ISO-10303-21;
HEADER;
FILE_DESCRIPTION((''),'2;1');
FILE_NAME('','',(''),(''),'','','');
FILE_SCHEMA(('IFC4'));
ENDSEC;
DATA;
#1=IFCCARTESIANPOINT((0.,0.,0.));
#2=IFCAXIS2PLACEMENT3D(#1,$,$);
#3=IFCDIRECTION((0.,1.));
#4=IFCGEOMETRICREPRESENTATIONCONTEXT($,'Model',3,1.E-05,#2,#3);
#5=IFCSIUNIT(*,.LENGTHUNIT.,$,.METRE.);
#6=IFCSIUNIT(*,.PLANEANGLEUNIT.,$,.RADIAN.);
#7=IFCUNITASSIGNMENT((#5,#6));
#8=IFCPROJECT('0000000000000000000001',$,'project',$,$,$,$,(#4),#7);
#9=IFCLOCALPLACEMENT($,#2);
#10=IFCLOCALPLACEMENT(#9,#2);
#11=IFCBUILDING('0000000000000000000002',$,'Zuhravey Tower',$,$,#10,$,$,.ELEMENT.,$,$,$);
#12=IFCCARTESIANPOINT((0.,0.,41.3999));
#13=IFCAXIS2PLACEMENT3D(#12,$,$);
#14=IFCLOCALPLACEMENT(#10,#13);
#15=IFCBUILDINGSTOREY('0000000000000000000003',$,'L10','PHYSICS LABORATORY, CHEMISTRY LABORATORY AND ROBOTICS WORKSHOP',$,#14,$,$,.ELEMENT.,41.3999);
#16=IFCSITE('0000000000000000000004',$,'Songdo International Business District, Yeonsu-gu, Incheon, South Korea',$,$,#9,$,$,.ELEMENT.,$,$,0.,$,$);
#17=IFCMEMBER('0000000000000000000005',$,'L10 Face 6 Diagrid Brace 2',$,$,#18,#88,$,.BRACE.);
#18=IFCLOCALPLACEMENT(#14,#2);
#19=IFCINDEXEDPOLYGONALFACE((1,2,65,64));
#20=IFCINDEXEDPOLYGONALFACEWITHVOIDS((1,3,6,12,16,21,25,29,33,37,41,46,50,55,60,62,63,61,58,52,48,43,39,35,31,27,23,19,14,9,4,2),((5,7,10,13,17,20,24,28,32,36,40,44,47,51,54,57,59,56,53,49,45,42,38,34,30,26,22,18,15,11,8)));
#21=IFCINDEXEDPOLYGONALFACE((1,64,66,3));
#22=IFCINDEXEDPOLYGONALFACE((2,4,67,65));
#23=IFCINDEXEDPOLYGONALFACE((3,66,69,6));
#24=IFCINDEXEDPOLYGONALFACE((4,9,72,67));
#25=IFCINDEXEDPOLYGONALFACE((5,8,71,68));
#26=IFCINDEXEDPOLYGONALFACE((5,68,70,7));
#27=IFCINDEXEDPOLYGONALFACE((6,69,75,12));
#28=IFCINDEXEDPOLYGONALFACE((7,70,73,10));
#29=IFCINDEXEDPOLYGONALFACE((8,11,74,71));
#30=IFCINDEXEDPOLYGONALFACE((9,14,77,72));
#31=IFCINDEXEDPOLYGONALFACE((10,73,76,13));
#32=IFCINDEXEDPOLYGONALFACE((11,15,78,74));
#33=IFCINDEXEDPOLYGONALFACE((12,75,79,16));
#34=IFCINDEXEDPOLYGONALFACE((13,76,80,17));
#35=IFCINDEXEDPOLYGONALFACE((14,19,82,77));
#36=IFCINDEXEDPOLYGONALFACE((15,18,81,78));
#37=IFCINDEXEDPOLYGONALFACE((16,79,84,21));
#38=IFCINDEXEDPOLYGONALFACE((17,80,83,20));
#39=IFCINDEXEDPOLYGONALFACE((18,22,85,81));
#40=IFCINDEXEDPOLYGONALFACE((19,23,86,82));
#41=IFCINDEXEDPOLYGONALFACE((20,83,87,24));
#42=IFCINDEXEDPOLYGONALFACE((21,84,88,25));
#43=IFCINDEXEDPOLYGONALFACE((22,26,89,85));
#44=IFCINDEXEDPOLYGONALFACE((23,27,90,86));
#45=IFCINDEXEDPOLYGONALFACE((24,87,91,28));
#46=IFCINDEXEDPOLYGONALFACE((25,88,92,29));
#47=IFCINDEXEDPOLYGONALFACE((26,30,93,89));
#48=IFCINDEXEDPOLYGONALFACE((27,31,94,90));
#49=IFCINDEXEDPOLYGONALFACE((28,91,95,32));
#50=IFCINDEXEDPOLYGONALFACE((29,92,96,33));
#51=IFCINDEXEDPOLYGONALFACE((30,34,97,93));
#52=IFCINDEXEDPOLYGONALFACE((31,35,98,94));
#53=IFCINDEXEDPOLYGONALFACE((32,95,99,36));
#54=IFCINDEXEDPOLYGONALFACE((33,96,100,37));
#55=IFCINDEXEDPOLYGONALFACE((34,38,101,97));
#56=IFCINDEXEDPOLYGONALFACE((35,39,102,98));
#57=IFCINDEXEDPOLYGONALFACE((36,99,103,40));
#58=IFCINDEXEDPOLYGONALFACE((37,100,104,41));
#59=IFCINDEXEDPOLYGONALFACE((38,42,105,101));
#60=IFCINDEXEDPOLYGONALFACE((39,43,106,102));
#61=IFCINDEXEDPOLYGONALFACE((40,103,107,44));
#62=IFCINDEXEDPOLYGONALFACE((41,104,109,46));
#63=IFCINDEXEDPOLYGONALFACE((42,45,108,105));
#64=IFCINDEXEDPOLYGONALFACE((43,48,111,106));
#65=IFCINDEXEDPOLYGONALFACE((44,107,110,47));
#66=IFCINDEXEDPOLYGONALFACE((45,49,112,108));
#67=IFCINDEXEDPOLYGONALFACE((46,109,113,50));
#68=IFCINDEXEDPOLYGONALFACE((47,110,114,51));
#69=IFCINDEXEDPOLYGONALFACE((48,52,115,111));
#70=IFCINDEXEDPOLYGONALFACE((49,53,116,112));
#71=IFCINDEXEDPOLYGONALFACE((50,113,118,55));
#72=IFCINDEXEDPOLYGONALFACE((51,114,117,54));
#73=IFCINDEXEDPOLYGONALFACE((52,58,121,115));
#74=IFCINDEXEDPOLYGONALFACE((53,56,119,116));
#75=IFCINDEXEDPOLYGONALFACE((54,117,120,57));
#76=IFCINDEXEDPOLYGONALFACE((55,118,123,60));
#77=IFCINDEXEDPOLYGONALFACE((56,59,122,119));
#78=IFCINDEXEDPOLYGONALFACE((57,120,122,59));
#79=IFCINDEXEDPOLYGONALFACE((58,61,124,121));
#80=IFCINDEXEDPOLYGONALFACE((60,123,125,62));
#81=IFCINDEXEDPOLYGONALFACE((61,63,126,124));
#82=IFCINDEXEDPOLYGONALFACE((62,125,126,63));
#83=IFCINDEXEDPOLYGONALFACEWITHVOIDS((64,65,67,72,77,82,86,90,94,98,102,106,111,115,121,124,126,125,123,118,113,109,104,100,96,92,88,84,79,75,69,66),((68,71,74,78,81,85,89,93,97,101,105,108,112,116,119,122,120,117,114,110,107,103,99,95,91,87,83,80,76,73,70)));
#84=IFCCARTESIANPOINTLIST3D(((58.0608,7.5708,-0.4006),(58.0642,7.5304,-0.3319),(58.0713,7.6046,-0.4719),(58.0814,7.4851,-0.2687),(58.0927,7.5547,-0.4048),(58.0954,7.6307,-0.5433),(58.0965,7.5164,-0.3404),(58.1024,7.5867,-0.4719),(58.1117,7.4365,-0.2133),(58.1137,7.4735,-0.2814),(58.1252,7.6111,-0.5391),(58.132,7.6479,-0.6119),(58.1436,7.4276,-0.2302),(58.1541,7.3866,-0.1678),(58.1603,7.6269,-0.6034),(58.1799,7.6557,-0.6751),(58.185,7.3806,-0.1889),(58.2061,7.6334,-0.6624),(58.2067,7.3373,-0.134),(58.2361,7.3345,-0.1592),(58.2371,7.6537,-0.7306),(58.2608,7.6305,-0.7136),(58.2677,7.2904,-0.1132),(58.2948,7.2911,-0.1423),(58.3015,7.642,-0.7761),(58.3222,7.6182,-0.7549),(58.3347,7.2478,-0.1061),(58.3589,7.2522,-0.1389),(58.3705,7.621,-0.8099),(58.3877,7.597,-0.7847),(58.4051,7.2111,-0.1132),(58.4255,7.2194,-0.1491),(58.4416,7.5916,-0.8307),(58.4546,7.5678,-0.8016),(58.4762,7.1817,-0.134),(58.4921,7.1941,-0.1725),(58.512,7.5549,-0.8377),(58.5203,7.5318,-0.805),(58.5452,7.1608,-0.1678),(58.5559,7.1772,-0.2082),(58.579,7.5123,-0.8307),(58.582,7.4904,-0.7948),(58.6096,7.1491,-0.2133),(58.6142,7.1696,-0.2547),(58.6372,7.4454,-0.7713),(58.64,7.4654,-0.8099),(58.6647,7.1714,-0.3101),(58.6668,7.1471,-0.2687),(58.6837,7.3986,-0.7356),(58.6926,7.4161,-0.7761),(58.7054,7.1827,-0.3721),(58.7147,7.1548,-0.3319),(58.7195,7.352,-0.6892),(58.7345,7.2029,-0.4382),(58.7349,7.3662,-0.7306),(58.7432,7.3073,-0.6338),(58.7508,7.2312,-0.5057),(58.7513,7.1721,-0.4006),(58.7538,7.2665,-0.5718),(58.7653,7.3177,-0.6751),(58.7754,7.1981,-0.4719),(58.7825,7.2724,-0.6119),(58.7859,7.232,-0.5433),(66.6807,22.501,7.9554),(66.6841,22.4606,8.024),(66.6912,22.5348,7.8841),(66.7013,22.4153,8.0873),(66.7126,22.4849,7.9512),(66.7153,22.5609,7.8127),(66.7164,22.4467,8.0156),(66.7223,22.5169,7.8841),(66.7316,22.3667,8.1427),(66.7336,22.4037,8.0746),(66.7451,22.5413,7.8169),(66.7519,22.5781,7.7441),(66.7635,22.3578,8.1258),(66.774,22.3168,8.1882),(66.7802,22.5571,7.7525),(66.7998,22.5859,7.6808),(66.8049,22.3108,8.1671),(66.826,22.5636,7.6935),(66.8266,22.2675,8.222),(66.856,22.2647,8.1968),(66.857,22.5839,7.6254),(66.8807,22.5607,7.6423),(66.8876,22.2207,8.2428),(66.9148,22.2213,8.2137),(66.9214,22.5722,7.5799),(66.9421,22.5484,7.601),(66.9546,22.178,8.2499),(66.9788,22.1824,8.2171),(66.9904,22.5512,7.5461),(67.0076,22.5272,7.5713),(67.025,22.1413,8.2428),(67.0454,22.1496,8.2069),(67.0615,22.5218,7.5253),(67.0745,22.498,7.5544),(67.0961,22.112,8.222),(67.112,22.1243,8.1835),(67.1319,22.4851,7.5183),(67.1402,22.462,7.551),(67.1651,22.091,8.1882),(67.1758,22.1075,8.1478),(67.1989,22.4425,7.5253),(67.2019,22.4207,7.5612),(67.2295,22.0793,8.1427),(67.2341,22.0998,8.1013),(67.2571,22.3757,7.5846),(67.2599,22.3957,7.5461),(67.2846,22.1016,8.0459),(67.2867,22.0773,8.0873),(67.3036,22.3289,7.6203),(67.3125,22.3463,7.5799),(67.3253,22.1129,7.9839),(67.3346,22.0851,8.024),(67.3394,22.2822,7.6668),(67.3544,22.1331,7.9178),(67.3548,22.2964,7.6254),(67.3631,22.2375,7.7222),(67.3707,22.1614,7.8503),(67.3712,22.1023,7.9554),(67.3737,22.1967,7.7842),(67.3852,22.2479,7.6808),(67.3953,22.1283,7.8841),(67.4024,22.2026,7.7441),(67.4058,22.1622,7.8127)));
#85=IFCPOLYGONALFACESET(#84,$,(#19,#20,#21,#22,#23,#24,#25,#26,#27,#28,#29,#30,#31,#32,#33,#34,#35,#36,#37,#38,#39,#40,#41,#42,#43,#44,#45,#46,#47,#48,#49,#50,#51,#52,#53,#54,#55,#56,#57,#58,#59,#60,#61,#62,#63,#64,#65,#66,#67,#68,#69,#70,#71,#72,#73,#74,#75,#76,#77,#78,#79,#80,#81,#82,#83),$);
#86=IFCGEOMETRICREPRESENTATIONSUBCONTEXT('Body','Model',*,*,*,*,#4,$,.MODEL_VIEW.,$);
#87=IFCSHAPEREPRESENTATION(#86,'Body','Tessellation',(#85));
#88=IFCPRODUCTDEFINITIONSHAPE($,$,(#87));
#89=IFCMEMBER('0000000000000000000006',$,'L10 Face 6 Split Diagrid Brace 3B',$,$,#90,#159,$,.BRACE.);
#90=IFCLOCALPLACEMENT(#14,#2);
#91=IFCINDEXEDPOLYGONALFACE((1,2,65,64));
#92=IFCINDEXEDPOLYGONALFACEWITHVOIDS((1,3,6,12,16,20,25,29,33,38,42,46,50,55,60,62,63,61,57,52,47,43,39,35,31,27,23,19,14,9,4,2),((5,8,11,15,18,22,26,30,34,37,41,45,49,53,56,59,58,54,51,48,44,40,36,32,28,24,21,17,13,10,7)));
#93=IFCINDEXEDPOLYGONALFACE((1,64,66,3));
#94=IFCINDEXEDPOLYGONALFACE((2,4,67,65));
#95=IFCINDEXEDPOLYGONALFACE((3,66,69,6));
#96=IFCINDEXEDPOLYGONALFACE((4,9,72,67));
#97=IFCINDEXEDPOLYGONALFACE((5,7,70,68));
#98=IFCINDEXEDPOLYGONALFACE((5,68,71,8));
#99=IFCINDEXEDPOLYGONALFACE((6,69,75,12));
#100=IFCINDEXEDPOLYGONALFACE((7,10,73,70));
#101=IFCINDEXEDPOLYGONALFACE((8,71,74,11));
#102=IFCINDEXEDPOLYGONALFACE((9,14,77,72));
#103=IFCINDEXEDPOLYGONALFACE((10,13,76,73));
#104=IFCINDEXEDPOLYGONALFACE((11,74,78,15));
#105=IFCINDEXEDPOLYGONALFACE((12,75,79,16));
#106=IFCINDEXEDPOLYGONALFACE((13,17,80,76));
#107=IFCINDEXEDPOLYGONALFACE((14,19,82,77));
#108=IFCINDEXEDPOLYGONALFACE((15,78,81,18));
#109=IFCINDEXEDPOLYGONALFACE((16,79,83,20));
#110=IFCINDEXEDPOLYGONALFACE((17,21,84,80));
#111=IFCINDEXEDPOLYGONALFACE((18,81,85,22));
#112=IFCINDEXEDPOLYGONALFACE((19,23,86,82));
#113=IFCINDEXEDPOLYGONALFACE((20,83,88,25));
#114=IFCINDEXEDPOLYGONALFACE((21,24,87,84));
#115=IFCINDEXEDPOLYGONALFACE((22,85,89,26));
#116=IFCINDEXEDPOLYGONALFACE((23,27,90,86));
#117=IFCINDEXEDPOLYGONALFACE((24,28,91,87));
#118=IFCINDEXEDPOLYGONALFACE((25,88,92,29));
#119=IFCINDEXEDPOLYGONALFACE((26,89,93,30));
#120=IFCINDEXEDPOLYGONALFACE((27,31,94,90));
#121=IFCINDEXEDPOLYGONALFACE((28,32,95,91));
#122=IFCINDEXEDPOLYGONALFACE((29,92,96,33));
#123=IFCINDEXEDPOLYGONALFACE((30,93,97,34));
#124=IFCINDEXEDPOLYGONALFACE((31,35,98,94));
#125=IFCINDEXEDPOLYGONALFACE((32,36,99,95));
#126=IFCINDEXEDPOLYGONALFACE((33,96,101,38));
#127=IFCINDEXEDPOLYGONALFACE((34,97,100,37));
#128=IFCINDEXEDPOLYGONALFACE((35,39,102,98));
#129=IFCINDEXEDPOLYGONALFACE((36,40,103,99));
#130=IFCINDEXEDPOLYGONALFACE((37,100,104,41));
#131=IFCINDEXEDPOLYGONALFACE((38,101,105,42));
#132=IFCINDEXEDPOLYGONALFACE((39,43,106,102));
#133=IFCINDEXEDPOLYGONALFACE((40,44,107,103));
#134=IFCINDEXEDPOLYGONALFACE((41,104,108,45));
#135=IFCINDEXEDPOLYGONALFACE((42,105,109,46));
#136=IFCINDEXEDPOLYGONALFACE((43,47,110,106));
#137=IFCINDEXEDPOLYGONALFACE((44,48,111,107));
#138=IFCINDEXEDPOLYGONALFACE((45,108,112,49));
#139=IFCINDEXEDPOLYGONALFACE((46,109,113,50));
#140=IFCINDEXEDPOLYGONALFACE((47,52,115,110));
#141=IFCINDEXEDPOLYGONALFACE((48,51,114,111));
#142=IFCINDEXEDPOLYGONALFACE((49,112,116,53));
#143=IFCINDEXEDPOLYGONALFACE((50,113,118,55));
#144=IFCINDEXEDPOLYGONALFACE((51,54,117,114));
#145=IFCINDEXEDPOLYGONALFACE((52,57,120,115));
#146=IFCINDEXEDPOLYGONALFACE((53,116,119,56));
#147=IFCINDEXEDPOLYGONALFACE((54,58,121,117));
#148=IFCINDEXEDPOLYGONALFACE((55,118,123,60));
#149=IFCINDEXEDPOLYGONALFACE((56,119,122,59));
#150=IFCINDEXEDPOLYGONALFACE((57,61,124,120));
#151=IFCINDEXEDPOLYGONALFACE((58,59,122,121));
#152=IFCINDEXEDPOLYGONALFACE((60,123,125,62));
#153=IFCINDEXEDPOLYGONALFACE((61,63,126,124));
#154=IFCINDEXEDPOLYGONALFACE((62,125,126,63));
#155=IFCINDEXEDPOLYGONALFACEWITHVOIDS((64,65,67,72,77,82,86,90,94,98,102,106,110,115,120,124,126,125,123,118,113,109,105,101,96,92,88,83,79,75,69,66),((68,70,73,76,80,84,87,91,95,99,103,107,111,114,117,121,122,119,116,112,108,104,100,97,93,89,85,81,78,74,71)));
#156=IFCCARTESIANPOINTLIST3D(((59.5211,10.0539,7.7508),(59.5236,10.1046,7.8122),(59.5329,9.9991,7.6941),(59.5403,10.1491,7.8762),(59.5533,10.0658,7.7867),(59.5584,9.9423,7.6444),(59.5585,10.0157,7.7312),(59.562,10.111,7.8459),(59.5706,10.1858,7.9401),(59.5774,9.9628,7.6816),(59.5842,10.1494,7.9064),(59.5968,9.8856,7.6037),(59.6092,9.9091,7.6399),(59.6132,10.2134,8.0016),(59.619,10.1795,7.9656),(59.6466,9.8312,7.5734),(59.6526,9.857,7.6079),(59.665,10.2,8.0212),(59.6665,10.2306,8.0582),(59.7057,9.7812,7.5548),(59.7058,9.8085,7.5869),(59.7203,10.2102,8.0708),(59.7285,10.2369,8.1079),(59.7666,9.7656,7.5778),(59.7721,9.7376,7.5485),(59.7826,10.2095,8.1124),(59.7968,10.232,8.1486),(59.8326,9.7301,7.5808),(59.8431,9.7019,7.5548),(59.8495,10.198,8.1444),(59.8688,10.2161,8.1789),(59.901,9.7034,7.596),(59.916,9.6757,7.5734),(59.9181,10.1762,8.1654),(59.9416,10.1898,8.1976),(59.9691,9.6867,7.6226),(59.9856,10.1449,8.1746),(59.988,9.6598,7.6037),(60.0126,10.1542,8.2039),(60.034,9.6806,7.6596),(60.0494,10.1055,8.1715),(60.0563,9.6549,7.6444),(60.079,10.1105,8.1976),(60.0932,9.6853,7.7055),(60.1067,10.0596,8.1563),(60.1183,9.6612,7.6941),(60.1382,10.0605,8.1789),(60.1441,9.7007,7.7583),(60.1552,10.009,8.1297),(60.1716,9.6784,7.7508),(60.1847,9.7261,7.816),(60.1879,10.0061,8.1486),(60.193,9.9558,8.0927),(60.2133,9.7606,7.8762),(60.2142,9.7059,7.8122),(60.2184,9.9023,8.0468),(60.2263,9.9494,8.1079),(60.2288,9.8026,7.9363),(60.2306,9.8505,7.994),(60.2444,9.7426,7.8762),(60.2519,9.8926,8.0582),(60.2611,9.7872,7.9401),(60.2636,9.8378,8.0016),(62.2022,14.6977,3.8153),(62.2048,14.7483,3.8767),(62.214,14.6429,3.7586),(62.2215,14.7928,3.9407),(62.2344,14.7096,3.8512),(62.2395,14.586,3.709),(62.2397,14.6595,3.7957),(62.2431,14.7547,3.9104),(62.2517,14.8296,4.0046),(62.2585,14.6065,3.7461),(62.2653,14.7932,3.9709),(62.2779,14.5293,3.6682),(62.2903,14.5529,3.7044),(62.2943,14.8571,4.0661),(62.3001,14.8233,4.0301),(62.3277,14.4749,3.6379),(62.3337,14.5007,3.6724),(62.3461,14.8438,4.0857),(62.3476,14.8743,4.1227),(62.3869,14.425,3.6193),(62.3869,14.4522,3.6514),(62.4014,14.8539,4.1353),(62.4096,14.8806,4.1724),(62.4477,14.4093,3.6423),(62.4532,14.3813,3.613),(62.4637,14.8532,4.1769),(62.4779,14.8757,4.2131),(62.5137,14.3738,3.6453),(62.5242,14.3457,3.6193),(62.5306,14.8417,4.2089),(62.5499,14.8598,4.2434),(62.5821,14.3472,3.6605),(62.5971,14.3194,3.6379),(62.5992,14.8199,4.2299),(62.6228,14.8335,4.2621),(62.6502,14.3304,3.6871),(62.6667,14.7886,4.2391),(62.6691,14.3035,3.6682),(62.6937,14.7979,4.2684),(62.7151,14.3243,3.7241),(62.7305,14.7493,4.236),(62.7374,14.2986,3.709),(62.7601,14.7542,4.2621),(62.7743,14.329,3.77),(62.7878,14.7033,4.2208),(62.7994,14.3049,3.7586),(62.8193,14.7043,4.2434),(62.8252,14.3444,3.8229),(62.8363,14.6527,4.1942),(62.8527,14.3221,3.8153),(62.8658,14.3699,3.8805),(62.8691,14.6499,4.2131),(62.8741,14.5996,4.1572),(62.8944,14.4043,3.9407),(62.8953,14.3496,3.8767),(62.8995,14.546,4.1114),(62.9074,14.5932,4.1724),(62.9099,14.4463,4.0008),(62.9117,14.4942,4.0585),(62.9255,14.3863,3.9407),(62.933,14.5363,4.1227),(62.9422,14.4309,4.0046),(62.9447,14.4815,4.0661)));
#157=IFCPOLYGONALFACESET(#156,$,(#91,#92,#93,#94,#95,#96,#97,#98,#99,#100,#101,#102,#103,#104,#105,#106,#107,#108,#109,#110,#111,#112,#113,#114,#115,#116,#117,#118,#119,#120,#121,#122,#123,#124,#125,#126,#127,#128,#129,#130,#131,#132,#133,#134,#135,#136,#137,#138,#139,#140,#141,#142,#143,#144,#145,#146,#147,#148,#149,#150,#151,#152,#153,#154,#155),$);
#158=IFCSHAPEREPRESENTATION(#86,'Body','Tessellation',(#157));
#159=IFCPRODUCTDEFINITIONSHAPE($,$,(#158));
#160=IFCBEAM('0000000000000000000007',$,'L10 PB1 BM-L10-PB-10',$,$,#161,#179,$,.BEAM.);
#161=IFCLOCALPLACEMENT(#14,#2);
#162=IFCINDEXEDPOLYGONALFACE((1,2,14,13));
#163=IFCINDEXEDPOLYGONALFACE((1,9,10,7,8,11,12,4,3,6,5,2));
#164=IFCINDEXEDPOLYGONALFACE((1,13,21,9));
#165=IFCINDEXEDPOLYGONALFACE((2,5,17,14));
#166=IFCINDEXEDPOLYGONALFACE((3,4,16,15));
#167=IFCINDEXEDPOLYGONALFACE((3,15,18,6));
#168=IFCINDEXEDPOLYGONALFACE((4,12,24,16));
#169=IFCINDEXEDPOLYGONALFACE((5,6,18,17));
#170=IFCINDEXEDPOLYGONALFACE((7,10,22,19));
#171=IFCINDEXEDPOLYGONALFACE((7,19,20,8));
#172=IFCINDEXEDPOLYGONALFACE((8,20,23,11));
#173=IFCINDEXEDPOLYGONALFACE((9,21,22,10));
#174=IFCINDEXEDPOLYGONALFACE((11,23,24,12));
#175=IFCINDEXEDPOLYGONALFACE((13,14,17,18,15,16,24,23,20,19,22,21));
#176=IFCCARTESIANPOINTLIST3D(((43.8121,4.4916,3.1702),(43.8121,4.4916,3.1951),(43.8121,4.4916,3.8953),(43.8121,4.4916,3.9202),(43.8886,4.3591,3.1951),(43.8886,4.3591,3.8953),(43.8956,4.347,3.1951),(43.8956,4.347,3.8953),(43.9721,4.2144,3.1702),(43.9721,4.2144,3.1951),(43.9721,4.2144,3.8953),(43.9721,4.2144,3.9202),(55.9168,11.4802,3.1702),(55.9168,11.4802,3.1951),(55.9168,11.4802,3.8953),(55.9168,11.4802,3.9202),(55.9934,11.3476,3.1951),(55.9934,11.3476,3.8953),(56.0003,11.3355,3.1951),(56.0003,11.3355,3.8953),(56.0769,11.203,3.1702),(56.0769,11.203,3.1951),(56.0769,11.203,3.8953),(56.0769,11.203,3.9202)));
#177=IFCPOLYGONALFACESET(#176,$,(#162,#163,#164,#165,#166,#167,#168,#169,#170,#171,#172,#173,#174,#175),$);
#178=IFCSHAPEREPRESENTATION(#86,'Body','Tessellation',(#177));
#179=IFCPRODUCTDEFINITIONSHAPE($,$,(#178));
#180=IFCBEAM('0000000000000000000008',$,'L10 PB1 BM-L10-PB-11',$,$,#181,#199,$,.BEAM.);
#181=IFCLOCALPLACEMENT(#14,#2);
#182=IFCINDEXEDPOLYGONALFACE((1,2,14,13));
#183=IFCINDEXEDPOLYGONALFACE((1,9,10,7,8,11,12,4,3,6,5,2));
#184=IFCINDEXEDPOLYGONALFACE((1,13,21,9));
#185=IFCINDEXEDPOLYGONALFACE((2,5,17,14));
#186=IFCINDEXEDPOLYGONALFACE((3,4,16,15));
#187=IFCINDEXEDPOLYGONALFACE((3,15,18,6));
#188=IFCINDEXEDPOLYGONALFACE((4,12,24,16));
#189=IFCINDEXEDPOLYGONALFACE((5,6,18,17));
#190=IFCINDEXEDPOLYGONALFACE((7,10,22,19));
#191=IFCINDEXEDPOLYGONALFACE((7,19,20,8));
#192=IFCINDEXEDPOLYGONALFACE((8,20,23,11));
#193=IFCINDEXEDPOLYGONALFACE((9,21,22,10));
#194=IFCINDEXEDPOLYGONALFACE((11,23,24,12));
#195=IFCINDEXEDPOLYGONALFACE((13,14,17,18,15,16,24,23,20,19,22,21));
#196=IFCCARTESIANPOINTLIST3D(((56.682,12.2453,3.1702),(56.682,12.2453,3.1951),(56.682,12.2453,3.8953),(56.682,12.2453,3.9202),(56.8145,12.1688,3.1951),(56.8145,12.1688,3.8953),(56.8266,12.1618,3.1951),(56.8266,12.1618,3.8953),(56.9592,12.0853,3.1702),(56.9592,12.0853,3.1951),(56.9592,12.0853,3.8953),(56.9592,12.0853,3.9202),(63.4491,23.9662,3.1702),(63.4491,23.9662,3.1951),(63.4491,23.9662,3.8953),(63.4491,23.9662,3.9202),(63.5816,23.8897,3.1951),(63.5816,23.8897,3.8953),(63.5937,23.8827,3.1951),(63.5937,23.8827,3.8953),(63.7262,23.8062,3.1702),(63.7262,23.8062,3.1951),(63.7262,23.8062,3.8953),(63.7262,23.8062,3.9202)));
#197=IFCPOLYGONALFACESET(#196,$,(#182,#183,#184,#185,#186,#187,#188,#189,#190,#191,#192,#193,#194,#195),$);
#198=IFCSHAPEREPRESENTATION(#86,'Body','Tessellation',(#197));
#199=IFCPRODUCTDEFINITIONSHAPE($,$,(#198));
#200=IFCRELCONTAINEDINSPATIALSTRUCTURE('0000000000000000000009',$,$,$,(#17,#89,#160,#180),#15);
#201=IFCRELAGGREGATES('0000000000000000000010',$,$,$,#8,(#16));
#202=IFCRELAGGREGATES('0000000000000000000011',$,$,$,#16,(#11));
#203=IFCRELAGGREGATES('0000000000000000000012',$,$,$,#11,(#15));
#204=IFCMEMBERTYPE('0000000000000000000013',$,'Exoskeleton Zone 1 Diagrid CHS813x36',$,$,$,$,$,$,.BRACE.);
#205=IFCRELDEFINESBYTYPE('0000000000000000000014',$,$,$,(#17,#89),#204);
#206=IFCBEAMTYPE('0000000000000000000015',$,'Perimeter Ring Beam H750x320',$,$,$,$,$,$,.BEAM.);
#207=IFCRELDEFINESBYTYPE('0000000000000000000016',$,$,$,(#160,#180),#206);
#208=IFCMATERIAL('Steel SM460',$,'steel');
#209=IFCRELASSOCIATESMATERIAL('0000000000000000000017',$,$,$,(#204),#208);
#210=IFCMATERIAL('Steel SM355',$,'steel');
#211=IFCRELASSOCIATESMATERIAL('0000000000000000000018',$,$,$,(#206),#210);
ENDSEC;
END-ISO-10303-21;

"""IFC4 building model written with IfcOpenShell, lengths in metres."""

from ifc_helpers import new_model, si_unit, direction, frame, origin, origin_2d, place, context, subcontext, project, spatial, hollow_circle, i_section, extrude, material, material_profile, profile_set, type_object, element, save


model = new_model("IFC4")

# Units and contexts
model_context = context("Model", 3, precision=1e-05, world=origin(), true_north=direction((0.0, 1.0)))
body_context = subcontext(model_context, "Body", "Model", "MODEL_VIEW")
ifc_project = project(units=[si_unit("LENGTHUNIT", "METRE"), si_unit("PLANEANGLEUNIT", "RADIAN")], contexts=[model_context])

# Site, building, storey
site_placement = place(None, origin())
site = spatial("IfcSite", under=ifc_project, at=site_placement, Name="Songdo International Business District, Yeonsu-gu, Incheon, South Korea", CompositionType="ELEMENT", RefElevation=0.0)
building_placement = place(site_placement, origin())
building = spatial("IfcBuilding", under=site, at=building_placement, Name="Zuhravey Tower", CompositionType="ELEMENT")
storey_placement = place(building_placement, frame((0.0, 0.0, 41.3999)))
storey = spatial("IfcBuildingStorey", under=building, at=storey_placement, Name="L10", Description="PHYSICS LABORATORY, CHEMISTRY LABORATORY AND ROBOTICS WORKSHOP", CompositionType="ELEMENT", Elevation=41.3999)

# Members
ifc_material_1 = material(Name="Steel SM355", Category="steel")
ifc_material_2 = material(Name="Steel SM460", Category="steel")
ifc_material_profile_1 = material_profile(ifc_material_2, hollow_circle(Radius=0.4065, WallThickness=0.0359, at=origin_2d()), Name="CHS-812.8x36")
ifc_profile_set_1 = profile_set([ifc_material_profile_1], Name="Steel SM460")
member_type_1 = type_object("IfcMemberType", Name="Exoskeleton Zone 1 Diagrid CHS813x36", PredefinedType="BRACE", material=ifc_profile_set_1)
member_1_placement = place(storey_placement, frame((58.4233, 7.4014, -0.4719), z_axis=(0.449933, 0.779312, 0.436157), x_axis=(-0.866027, 0.499997, 0.0)))
element("IfcMember", 1, at=member_1_placement, inside=storey, type_object=member_type_1, Name="L10 Face 6 Diagrid Brace 2", PredefinedType="BRACE", context=body_context, shape_type="SweptSolid", body=[
    extrude(hollow_circle(Radius=0.4065, WallThickness=0.0359, at=origin_2d()), origin(), (0.0, 0.0, 1.0), 19.1582),
])
member_2_placement = place(storey_placement, frame((62.5735, 14.5896, 3.9407), z_axis=(-0.403092, -0.698162, 0.591681), x_axis=(0.866021, -0.500008, 0.0)))
element("IfcMember", 2, at=member_2_placement, inside=storey, type_object=member_type_1, Name="L10 Face 6 Split Diagrid Brace 3B", PredefinedType="BRACE", context=body_context, shape_type="SweptSolid", body=[
    extrude(hollow_circle(Radius=0.4065, WallThickness=0.0359, at=origin_2d()), origin(), (0.0, 0.0, 1.0), 6.6514),
])

# Beams
ifc_material_profile_2 = material_profile(ifc_material_1, i_section(OverallWidth=0.3201, OverallDepth=0.75, WebThickness=0.0139, FlangeThickness=0.0249, at=origin_2d()), Name="H-750x320x14x25")
ifc_profile_set_2 = profile_set([ifc_material_profile_2], Name="Steel SM355")
beam_type_1 = type_object("IfcBeamType", Name="Perimeter Ring Beam H750x320", PredefinedType="BEAM", material=ifc_profile_set_2)
beam_1_placement = place(storey_placement, frame((43.8921, 4.353, 3.5452), z_axis=(0.86603, 0.499992, 0.0), x_axis=(-0.499992, 0.86603, 0.0)))
element("IfcBeam", 3, at=beam_1_placement, inside=storey, type_object=beam_type_1, Name="L10 PB1 BM-L10-PB-10", PredefinedType="BEAM", context=body_context, shape_type="SweptSolid", body=[
    extrude(i_section(OverallWidth=0.3201, OverallDepth=0.75, WebThickness=0.0139, FlangeThickness=0.0249, at=origin_2d()), origin(), (0.0, 0.0, 1.0), 13.9773),
])
beam_2_placement = place(storey_placement, frame((56.8206, 12.1653, 3.5452), z_axis=(0.5, 0.866025, 0.0), x_axis=(-0.866025, 0.5, 0.0)))
element("IfcBeam", 4, at=beam_2_placement, inside=storey, type_object=beam_type_1, Name="L10 PB1 BM-L10-PB-11", PredefinedType="BEAM", context=body_context, shape_type="SweptSolid", body=[
    extrude(i_section(OverallWidth=0.3201, OverallDepth=0.75, WebThickness=0.0139, FlangeThickness=0.0249, at=origin_2d()), origin(), (0.0, 0.0, 1.0), 13.5342),
])

save(model, "model.ifc")
